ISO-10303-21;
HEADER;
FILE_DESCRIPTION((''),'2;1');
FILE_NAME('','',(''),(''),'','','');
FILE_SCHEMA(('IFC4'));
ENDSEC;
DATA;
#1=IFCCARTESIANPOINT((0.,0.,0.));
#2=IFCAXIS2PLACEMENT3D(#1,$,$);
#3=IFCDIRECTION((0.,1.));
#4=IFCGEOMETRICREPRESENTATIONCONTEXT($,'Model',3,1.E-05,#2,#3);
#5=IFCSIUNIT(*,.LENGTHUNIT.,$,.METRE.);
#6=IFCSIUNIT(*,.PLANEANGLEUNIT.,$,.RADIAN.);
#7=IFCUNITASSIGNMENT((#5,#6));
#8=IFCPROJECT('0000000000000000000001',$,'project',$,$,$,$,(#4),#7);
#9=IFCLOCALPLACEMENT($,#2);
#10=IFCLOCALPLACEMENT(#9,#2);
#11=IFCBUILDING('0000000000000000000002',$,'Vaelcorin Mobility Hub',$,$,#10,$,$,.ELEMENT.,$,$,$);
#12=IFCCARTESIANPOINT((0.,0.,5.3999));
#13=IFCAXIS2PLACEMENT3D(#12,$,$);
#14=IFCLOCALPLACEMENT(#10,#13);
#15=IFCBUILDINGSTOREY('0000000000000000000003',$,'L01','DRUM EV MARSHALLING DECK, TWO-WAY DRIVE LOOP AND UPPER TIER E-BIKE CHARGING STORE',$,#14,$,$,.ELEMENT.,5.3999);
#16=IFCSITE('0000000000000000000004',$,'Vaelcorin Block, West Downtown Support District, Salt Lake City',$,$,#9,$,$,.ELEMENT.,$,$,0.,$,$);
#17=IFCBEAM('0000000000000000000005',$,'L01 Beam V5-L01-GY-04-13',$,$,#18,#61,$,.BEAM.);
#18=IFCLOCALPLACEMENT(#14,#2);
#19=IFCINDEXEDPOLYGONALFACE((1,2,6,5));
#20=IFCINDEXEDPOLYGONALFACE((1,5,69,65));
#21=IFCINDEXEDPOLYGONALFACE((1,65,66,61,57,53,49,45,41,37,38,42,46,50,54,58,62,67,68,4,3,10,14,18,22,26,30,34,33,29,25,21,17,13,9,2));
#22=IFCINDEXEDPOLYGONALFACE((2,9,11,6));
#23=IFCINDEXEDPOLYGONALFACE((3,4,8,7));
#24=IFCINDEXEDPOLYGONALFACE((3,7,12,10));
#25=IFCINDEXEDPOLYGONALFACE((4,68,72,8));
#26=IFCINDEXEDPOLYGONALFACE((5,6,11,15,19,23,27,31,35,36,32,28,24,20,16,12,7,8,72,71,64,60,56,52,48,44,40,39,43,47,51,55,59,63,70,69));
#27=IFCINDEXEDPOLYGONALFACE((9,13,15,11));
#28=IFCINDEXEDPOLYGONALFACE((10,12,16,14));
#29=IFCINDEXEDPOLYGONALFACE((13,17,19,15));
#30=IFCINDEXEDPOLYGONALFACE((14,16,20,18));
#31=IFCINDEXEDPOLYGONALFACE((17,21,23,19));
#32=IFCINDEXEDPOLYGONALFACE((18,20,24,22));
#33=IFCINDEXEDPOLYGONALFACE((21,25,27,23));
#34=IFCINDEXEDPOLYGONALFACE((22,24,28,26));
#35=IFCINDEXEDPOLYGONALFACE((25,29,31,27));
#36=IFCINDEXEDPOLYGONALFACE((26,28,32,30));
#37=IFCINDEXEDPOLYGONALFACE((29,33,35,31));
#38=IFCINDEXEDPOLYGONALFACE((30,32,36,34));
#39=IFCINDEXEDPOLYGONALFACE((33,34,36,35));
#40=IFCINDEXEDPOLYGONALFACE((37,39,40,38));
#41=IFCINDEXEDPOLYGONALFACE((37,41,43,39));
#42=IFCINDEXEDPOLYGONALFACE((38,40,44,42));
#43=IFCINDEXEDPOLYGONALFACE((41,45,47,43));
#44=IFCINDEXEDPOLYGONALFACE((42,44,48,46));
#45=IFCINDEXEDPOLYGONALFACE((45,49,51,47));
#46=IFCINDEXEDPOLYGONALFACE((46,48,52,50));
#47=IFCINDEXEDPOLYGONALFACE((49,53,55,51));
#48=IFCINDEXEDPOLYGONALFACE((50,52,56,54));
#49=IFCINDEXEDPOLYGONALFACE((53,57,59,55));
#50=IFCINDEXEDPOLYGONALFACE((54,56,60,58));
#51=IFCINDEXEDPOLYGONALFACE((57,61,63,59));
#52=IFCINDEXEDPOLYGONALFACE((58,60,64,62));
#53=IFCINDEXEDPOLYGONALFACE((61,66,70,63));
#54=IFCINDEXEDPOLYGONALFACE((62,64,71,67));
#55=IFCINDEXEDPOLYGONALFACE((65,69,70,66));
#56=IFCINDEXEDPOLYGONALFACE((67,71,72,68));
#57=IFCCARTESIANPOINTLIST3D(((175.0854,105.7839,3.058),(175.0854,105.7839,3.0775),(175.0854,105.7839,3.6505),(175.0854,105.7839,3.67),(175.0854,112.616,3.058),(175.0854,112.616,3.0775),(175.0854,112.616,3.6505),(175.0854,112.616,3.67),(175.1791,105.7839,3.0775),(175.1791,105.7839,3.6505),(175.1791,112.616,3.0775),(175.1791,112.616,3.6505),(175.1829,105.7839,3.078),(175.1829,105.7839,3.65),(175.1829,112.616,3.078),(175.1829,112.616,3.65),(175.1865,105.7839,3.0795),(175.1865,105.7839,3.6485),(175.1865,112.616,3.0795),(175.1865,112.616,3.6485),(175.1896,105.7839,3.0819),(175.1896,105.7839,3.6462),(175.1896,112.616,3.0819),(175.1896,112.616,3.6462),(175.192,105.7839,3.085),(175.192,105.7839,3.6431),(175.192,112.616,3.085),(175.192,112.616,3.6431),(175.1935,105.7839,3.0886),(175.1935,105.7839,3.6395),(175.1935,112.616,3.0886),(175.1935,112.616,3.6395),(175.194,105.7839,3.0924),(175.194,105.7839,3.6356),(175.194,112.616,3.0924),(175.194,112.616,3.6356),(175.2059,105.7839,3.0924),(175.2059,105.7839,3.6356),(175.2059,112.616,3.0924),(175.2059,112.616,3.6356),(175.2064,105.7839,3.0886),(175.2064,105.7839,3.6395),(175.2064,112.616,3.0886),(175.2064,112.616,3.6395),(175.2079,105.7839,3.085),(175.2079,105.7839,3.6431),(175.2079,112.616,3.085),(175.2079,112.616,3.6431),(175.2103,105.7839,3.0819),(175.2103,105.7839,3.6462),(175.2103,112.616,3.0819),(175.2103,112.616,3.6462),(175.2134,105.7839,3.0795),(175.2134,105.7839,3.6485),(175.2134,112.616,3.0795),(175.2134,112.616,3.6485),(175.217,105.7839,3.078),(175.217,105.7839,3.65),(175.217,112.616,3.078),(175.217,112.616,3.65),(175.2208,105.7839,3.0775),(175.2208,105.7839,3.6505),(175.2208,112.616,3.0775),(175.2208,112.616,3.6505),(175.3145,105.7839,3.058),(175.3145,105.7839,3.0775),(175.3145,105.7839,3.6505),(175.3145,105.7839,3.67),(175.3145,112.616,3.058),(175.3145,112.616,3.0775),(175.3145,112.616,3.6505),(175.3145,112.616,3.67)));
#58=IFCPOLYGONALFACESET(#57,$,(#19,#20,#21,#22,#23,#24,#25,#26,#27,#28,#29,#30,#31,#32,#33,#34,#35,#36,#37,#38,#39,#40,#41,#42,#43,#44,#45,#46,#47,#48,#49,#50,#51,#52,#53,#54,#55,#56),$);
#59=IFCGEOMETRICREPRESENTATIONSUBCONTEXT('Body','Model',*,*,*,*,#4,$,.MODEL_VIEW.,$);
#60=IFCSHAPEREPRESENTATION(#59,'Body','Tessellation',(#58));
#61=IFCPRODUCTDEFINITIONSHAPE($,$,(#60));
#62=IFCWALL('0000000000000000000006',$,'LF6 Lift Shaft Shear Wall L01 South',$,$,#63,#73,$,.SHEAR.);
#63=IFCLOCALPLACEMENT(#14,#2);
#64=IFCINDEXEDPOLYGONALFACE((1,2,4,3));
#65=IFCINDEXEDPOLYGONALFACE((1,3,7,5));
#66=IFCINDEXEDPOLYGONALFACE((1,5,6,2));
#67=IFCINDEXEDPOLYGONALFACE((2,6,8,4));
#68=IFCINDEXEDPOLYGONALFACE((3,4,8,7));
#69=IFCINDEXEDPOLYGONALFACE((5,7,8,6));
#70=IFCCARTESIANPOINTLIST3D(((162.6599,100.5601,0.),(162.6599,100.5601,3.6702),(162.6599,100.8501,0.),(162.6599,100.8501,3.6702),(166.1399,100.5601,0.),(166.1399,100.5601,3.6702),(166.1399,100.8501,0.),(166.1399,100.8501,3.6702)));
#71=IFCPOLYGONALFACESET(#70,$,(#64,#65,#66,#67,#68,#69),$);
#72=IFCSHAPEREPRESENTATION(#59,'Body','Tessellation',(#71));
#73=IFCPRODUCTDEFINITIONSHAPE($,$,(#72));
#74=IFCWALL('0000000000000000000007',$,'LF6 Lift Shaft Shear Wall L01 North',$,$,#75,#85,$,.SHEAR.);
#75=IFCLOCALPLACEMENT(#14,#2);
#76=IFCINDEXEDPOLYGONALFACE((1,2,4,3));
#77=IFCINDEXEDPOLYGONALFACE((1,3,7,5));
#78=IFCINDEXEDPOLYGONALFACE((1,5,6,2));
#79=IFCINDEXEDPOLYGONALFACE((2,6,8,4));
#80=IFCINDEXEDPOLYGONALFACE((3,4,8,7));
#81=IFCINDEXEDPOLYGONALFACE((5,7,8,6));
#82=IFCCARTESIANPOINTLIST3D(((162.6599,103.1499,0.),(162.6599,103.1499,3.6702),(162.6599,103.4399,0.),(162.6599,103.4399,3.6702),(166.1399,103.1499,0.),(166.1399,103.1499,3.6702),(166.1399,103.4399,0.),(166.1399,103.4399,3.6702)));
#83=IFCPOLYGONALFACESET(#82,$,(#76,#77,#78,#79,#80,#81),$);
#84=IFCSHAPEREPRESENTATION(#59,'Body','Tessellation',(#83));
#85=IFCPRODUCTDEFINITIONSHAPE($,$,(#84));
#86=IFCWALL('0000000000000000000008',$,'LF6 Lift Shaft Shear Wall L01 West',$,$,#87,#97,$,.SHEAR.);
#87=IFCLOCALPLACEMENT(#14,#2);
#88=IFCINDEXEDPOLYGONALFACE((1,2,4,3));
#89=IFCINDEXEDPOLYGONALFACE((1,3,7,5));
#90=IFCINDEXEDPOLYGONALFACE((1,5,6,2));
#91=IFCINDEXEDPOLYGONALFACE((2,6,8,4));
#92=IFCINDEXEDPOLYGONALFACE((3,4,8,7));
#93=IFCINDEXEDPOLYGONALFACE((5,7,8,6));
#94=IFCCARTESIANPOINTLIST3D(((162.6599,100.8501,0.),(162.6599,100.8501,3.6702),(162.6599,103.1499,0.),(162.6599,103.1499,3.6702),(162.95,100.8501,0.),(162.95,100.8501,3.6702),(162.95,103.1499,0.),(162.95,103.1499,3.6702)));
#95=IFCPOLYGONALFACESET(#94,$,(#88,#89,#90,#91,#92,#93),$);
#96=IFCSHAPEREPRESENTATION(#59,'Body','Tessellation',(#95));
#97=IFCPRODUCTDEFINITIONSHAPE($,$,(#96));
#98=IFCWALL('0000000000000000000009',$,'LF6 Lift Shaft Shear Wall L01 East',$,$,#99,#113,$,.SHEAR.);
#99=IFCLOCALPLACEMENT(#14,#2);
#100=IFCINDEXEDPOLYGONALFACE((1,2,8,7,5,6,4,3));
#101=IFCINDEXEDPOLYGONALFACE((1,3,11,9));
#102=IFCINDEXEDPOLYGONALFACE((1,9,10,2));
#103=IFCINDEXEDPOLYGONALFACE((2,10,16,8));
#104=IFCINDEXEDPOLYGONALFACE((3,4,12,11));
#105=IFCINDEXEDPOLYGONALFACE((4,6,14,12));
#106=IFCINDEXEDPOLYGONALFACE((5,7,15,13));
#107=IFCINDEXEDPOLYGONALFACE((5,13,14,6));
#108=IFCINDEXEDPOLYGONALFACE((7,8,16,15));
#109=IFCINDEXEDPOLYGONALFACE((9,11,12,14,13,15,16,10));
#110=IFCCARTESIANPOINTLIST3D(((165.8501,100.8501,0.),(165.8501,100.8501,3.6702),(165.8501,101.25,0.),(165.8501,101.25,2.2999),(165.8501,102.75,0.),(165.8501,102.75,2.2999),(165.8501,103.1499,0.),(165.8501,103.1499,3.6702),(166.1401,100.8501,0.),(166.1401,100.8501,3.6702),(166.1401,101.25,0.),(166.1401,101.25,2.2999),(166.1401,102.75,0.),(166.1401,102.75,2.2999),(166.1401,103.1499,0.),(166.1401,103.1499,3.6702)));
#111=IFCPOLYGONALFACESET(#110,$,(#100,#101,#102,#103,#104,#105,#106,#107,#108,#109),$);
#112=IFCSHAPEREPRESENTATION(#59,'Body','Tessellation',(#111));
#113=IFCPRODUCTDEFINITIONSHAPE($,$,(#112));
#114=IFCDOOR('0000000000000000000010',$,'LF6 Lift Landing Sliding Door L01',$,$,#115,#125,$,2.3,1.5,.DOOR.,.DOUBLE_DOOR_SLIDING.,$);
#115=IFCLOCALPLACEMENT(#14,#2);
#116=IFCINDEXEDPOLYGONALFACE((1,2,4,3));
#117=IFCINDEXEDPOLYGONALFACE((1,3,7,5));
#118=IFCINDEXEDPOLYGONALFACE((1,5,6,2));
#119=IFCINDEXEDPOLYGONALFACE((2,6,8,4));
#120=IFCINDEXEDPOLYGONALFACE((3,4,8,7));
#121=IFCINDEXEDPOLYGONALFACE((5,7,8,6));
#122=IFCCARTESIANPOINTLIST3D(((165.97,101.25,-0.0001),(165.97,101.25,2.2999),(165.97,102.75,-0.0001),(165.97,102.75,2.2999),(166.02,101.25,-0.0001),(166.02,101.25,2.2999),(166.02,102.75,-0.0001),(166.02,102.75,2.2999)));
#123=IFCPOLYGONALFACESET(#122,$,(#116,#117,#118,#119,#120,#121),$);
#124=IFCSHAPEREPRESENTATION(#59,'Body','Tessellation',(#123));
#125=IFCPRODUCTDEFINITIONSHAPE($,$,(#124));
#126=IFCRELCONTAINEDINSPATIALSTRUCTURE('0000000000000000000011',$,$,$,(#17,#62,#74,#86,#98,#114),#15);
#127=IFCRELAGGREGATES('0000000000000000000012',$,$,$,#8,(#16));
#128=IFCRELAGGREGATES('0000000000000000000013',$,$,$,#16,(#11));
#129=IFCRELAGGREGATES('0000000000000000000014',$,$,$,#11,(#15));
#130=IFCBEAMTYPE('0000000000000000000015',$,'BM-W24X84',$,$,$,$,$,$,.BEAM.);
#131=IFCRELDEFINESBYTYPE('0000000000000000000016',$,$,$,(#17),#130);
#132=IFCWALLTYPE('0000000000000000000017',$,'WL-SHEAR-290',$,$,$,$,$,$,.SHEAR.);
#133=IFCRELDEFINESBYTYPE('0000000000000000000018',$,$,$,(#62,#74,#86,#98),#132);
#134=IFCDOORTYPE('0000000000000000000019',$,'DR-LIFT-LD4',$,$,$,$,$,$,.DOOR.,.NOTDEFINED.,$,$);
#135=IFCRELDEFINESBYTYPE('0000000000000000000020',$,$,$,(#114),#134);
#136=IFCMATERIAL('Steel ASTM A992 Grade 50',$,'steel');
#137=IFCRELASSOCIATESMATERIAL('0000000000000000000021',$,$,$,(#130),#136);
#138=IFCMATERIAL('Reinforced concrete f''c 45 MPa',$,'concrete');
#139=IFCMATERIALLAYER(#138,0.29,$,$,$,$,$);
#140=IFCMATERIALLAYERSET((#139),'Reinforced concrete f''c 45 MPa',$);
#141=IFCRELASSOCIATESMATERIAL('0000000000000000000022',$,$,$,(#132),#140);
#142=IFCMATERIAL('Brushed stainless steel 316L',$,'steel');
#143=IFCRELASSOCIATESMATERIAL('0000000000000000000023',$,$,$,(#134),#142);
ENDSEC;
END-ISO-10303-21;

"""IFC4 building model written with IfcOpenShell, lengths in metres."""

from ifc_helpers import new_model, si_unit, direction, frame, frame_2d, origin, origin_2d, place, context, subcontext, project, spatial, rectangle, i_section, extrude, material, layer, layer_set, material_profile, profile_set, type_object, element, fill, save


model = new_model("IFC4")

# Units and contexts
model_context = context("Model", 3, precision=1e-05, world=origin(), true_north=direction((0.0, 1.0)))
body_context = subcontext(model_context, "Body", "Model", "MODEL_VIEW")
ifc_project = project(units=[si_unit("LENGTHUNIT", "METRE"), si_unit("PLANEANGLEUNIT", "RADIAN")], contexts=[model_context])

# Site, building, storey
site_placement = place(None, origin())
site = spatial("IfcSite", under=ifc_project, at=site_placement, Name="Vaelcorin Block, West Downtown Support District, Salt Lake City", CompositionType="ELEMENT", RefElevation=0.0)
building_placement = place(site_placement, origin())
building = spatial("IfcBuilding", under=site, at=building_placement, Name="Vaelcorin Mobility Hub", CompositionType="ELEMENT")
storey_placement = place(building_placement, frame((0.0, 0.0, 5.3999)))
storey = spatial("IfcBuildingStorey", under=building, at=storey_placement, Name="L01", Description="DRUM EV MARSHALLING DECK, TWO-WAY DRIVE LOOP AND UPPER TIER E-BIKE CHARGING STORE", CompositionType="ELEMENT", Elevation=5.3999)

# Shared definitions
ifc_material_1 = material(Name="Steel ASTM A992 Grade 50", Category="steel")

# Beam
ifc_material_profile_1 = material_profile(ifc_material_1, i_section(OverallWidth=0.229, OverallDepth=0.6121, WebThickness=0.012, FlangeThickness=0.0195, FilletRadius=0.0149, at=origin_2d()), Name="W24X84")
ifc_profile_set_1 = profile_set([ifc_material_profile_1], Name="Steel ASTM A992 Grade 50")
beam_type_1 = type_object("IfcBeamType", Name="BM-W24X84", PredefinedType="BEAM", material=ifc_profile_set_1)
for number, where, z_axis, x_axis, name in (
    (1, (175.2, 105.7839, 3.364), (0.0, 1.0, 0.0), (-1.0, 0.0, 0.0), "L01 Beam V5-L01-GY-04-13"),
):
    element("IfcBeam", number, at=place(storey_placement, frame(where, z_axis=z_axis, x_axis=x_axis)), inside=storey, type_object=beam_type_1, Name=name, PredefinedType="BEAM", context=body_context, shape_type="SweptSolid", body=[
        extrude(i_section(OverallWidth=0.229, OverallDepth=0.6121, WebThickness=0.012, FlangeThickness=0.0195, FilletRadius=0.0149, at=origin_2d()), origin(), (0.0, 0.0, 1.0), 6.832),
    ])

# Walls
ifc_material_2 = material(Name="Reinforced concrete f'c 45 MPa", Category="concrete")
ifc_layer = layer(ifc_material_2, 0.29)
ifc_layer_set = layer_set([ifc_layer], Name="Reinforced concrete f'c 45 MPa")
wall_type = type_object("IfcWallType", Name="WL-SHEAR-290", PredefinedType="SHEAR", material=ifc_layer_set)
for number, where, z_axis, x_axis, name in (
    (2, (166.1399, 100.7051, 0.0), (0.0, 0.0, 1.0), (-1.0, 0.0, 0.0), "LF6 Lift Shaft Shear Wall L01 South"),
    (3, (162.6599, 103.2949, 0.0), (0.0, 0.0, 1.0), (1.0, 0.0, 0.0), "LF6 Lift Shaft Shear Wall L01 North"),
):
    element("IfcWall", number, at=place(storey_placement, frame(where, z_axis=z_axis, x_axis=x_axis)), inside=storey, type_object=wall_type, Name=name, PredefinedType="SHEAR", context=body_context, shape_type="SweptSolid", body=[
        extrude(rectangle(XDim=3.48, YDim=0.29, at=frame_2d((1.74, 0.0))), origin(), (0.0, 0.0, 1.0), 3.6702),
    ])
wall_1_placement = place(storey_placement, frame((162.8049, 100.8501, 0.0), z_axis=(0.0, 0.0, 1.0), x_axis=(0.0, 1.0, 0.0)))
element("IfcWall", 4, at=wall_1_placement, inside=storey, type_object=wall_type, Name="LF6 Lift Shaft Shear Wall L01 West", PredefinedType="SHEAR", context=body_context, shape_type="SweptSolid", body=[
    extrude(rectangle(XDim=2.2998, YDim=0.29, at=frame_2d((1.1499, 0.0))), origin(), (0.0, 0.0, 1.0), 3.6702),
])

# Wall, opening, door
wall_2_placement = place(storey_placement, frame((165.9951, 103.1499, 0.0), z_axis=(0.0, 0.0, 1.0), x_axis=(0.0, -1.0, 0.0)))
wall_2 = element("IfcWall", 5, at=wall_2_placement, inside=storey, type_object=wall_type, Name="LF6 Lift Shaft Shear Wall L01 East", PredefinedType="SHEAR", context=body_context, shape_type="SweptSolid", body=[
    extrude(rectangle(XDim=2.2998, YDim=0.29, at=frame_2d((1.1499, 0.0))), origin(), (0.0, 0.0, 1.0), 3.6702),
])
opening_placement = place(wall_2_placement, frame((0.3999, 0.0, 0.0)))
opening = element("IfcOpeningElement", 6, at=opening_placement, cuts=wall_2, PredefinedType="OPENING", context=body_context, shape_type="SweptSolid", body=[
    extrude(rectangle(XDim=1.5, YDim=2.3, at=frame_2d((0.75, 1.1499))), frame((0.0, 0.155, 0.0), z_axis=(0.0, -1.0, 0.0), x_axis=(1.0, 0.0, 0.0)), (0.0, 0.0, 1.0), 0.3101),
])
ifc_material_3 = material(Name="Brushed stainless steel 316L", Category="steel")
door_type = type_object("IfcDoorType", Name="DR-LIFT-LD4", OperationType="NOTDEFINED", PredefinedType="DOOR", material=ifc_material_3)
door_placement = place(opening_placement, origin())
door = element("IfcDoor", 7, at=door_placement, inside=storey, type_object=door_type, Name="LF6 Lift Landing Sliding Door L01", OperationType="DOUBLE_DOOR_SLIDING", OverallHeight=2.3, OverallWidth=1.5, PredefinedType="DOOR", context=body_context, shape_type="SweptSolid", body=[
    extrude(rectangle(XDim=1.5, YDim=2.3, at=frame_2d((0.75, 1.1499))), frame((0.0, 0.0249, 0.0), z_axis=(0.0, -1.0, 0.0), x_axis=(1.0, 0.0, 0.0)), (0.0, 0.0, 1.0), 0.05),
])
fill(opening, door)

save(model, "model.ifc")
